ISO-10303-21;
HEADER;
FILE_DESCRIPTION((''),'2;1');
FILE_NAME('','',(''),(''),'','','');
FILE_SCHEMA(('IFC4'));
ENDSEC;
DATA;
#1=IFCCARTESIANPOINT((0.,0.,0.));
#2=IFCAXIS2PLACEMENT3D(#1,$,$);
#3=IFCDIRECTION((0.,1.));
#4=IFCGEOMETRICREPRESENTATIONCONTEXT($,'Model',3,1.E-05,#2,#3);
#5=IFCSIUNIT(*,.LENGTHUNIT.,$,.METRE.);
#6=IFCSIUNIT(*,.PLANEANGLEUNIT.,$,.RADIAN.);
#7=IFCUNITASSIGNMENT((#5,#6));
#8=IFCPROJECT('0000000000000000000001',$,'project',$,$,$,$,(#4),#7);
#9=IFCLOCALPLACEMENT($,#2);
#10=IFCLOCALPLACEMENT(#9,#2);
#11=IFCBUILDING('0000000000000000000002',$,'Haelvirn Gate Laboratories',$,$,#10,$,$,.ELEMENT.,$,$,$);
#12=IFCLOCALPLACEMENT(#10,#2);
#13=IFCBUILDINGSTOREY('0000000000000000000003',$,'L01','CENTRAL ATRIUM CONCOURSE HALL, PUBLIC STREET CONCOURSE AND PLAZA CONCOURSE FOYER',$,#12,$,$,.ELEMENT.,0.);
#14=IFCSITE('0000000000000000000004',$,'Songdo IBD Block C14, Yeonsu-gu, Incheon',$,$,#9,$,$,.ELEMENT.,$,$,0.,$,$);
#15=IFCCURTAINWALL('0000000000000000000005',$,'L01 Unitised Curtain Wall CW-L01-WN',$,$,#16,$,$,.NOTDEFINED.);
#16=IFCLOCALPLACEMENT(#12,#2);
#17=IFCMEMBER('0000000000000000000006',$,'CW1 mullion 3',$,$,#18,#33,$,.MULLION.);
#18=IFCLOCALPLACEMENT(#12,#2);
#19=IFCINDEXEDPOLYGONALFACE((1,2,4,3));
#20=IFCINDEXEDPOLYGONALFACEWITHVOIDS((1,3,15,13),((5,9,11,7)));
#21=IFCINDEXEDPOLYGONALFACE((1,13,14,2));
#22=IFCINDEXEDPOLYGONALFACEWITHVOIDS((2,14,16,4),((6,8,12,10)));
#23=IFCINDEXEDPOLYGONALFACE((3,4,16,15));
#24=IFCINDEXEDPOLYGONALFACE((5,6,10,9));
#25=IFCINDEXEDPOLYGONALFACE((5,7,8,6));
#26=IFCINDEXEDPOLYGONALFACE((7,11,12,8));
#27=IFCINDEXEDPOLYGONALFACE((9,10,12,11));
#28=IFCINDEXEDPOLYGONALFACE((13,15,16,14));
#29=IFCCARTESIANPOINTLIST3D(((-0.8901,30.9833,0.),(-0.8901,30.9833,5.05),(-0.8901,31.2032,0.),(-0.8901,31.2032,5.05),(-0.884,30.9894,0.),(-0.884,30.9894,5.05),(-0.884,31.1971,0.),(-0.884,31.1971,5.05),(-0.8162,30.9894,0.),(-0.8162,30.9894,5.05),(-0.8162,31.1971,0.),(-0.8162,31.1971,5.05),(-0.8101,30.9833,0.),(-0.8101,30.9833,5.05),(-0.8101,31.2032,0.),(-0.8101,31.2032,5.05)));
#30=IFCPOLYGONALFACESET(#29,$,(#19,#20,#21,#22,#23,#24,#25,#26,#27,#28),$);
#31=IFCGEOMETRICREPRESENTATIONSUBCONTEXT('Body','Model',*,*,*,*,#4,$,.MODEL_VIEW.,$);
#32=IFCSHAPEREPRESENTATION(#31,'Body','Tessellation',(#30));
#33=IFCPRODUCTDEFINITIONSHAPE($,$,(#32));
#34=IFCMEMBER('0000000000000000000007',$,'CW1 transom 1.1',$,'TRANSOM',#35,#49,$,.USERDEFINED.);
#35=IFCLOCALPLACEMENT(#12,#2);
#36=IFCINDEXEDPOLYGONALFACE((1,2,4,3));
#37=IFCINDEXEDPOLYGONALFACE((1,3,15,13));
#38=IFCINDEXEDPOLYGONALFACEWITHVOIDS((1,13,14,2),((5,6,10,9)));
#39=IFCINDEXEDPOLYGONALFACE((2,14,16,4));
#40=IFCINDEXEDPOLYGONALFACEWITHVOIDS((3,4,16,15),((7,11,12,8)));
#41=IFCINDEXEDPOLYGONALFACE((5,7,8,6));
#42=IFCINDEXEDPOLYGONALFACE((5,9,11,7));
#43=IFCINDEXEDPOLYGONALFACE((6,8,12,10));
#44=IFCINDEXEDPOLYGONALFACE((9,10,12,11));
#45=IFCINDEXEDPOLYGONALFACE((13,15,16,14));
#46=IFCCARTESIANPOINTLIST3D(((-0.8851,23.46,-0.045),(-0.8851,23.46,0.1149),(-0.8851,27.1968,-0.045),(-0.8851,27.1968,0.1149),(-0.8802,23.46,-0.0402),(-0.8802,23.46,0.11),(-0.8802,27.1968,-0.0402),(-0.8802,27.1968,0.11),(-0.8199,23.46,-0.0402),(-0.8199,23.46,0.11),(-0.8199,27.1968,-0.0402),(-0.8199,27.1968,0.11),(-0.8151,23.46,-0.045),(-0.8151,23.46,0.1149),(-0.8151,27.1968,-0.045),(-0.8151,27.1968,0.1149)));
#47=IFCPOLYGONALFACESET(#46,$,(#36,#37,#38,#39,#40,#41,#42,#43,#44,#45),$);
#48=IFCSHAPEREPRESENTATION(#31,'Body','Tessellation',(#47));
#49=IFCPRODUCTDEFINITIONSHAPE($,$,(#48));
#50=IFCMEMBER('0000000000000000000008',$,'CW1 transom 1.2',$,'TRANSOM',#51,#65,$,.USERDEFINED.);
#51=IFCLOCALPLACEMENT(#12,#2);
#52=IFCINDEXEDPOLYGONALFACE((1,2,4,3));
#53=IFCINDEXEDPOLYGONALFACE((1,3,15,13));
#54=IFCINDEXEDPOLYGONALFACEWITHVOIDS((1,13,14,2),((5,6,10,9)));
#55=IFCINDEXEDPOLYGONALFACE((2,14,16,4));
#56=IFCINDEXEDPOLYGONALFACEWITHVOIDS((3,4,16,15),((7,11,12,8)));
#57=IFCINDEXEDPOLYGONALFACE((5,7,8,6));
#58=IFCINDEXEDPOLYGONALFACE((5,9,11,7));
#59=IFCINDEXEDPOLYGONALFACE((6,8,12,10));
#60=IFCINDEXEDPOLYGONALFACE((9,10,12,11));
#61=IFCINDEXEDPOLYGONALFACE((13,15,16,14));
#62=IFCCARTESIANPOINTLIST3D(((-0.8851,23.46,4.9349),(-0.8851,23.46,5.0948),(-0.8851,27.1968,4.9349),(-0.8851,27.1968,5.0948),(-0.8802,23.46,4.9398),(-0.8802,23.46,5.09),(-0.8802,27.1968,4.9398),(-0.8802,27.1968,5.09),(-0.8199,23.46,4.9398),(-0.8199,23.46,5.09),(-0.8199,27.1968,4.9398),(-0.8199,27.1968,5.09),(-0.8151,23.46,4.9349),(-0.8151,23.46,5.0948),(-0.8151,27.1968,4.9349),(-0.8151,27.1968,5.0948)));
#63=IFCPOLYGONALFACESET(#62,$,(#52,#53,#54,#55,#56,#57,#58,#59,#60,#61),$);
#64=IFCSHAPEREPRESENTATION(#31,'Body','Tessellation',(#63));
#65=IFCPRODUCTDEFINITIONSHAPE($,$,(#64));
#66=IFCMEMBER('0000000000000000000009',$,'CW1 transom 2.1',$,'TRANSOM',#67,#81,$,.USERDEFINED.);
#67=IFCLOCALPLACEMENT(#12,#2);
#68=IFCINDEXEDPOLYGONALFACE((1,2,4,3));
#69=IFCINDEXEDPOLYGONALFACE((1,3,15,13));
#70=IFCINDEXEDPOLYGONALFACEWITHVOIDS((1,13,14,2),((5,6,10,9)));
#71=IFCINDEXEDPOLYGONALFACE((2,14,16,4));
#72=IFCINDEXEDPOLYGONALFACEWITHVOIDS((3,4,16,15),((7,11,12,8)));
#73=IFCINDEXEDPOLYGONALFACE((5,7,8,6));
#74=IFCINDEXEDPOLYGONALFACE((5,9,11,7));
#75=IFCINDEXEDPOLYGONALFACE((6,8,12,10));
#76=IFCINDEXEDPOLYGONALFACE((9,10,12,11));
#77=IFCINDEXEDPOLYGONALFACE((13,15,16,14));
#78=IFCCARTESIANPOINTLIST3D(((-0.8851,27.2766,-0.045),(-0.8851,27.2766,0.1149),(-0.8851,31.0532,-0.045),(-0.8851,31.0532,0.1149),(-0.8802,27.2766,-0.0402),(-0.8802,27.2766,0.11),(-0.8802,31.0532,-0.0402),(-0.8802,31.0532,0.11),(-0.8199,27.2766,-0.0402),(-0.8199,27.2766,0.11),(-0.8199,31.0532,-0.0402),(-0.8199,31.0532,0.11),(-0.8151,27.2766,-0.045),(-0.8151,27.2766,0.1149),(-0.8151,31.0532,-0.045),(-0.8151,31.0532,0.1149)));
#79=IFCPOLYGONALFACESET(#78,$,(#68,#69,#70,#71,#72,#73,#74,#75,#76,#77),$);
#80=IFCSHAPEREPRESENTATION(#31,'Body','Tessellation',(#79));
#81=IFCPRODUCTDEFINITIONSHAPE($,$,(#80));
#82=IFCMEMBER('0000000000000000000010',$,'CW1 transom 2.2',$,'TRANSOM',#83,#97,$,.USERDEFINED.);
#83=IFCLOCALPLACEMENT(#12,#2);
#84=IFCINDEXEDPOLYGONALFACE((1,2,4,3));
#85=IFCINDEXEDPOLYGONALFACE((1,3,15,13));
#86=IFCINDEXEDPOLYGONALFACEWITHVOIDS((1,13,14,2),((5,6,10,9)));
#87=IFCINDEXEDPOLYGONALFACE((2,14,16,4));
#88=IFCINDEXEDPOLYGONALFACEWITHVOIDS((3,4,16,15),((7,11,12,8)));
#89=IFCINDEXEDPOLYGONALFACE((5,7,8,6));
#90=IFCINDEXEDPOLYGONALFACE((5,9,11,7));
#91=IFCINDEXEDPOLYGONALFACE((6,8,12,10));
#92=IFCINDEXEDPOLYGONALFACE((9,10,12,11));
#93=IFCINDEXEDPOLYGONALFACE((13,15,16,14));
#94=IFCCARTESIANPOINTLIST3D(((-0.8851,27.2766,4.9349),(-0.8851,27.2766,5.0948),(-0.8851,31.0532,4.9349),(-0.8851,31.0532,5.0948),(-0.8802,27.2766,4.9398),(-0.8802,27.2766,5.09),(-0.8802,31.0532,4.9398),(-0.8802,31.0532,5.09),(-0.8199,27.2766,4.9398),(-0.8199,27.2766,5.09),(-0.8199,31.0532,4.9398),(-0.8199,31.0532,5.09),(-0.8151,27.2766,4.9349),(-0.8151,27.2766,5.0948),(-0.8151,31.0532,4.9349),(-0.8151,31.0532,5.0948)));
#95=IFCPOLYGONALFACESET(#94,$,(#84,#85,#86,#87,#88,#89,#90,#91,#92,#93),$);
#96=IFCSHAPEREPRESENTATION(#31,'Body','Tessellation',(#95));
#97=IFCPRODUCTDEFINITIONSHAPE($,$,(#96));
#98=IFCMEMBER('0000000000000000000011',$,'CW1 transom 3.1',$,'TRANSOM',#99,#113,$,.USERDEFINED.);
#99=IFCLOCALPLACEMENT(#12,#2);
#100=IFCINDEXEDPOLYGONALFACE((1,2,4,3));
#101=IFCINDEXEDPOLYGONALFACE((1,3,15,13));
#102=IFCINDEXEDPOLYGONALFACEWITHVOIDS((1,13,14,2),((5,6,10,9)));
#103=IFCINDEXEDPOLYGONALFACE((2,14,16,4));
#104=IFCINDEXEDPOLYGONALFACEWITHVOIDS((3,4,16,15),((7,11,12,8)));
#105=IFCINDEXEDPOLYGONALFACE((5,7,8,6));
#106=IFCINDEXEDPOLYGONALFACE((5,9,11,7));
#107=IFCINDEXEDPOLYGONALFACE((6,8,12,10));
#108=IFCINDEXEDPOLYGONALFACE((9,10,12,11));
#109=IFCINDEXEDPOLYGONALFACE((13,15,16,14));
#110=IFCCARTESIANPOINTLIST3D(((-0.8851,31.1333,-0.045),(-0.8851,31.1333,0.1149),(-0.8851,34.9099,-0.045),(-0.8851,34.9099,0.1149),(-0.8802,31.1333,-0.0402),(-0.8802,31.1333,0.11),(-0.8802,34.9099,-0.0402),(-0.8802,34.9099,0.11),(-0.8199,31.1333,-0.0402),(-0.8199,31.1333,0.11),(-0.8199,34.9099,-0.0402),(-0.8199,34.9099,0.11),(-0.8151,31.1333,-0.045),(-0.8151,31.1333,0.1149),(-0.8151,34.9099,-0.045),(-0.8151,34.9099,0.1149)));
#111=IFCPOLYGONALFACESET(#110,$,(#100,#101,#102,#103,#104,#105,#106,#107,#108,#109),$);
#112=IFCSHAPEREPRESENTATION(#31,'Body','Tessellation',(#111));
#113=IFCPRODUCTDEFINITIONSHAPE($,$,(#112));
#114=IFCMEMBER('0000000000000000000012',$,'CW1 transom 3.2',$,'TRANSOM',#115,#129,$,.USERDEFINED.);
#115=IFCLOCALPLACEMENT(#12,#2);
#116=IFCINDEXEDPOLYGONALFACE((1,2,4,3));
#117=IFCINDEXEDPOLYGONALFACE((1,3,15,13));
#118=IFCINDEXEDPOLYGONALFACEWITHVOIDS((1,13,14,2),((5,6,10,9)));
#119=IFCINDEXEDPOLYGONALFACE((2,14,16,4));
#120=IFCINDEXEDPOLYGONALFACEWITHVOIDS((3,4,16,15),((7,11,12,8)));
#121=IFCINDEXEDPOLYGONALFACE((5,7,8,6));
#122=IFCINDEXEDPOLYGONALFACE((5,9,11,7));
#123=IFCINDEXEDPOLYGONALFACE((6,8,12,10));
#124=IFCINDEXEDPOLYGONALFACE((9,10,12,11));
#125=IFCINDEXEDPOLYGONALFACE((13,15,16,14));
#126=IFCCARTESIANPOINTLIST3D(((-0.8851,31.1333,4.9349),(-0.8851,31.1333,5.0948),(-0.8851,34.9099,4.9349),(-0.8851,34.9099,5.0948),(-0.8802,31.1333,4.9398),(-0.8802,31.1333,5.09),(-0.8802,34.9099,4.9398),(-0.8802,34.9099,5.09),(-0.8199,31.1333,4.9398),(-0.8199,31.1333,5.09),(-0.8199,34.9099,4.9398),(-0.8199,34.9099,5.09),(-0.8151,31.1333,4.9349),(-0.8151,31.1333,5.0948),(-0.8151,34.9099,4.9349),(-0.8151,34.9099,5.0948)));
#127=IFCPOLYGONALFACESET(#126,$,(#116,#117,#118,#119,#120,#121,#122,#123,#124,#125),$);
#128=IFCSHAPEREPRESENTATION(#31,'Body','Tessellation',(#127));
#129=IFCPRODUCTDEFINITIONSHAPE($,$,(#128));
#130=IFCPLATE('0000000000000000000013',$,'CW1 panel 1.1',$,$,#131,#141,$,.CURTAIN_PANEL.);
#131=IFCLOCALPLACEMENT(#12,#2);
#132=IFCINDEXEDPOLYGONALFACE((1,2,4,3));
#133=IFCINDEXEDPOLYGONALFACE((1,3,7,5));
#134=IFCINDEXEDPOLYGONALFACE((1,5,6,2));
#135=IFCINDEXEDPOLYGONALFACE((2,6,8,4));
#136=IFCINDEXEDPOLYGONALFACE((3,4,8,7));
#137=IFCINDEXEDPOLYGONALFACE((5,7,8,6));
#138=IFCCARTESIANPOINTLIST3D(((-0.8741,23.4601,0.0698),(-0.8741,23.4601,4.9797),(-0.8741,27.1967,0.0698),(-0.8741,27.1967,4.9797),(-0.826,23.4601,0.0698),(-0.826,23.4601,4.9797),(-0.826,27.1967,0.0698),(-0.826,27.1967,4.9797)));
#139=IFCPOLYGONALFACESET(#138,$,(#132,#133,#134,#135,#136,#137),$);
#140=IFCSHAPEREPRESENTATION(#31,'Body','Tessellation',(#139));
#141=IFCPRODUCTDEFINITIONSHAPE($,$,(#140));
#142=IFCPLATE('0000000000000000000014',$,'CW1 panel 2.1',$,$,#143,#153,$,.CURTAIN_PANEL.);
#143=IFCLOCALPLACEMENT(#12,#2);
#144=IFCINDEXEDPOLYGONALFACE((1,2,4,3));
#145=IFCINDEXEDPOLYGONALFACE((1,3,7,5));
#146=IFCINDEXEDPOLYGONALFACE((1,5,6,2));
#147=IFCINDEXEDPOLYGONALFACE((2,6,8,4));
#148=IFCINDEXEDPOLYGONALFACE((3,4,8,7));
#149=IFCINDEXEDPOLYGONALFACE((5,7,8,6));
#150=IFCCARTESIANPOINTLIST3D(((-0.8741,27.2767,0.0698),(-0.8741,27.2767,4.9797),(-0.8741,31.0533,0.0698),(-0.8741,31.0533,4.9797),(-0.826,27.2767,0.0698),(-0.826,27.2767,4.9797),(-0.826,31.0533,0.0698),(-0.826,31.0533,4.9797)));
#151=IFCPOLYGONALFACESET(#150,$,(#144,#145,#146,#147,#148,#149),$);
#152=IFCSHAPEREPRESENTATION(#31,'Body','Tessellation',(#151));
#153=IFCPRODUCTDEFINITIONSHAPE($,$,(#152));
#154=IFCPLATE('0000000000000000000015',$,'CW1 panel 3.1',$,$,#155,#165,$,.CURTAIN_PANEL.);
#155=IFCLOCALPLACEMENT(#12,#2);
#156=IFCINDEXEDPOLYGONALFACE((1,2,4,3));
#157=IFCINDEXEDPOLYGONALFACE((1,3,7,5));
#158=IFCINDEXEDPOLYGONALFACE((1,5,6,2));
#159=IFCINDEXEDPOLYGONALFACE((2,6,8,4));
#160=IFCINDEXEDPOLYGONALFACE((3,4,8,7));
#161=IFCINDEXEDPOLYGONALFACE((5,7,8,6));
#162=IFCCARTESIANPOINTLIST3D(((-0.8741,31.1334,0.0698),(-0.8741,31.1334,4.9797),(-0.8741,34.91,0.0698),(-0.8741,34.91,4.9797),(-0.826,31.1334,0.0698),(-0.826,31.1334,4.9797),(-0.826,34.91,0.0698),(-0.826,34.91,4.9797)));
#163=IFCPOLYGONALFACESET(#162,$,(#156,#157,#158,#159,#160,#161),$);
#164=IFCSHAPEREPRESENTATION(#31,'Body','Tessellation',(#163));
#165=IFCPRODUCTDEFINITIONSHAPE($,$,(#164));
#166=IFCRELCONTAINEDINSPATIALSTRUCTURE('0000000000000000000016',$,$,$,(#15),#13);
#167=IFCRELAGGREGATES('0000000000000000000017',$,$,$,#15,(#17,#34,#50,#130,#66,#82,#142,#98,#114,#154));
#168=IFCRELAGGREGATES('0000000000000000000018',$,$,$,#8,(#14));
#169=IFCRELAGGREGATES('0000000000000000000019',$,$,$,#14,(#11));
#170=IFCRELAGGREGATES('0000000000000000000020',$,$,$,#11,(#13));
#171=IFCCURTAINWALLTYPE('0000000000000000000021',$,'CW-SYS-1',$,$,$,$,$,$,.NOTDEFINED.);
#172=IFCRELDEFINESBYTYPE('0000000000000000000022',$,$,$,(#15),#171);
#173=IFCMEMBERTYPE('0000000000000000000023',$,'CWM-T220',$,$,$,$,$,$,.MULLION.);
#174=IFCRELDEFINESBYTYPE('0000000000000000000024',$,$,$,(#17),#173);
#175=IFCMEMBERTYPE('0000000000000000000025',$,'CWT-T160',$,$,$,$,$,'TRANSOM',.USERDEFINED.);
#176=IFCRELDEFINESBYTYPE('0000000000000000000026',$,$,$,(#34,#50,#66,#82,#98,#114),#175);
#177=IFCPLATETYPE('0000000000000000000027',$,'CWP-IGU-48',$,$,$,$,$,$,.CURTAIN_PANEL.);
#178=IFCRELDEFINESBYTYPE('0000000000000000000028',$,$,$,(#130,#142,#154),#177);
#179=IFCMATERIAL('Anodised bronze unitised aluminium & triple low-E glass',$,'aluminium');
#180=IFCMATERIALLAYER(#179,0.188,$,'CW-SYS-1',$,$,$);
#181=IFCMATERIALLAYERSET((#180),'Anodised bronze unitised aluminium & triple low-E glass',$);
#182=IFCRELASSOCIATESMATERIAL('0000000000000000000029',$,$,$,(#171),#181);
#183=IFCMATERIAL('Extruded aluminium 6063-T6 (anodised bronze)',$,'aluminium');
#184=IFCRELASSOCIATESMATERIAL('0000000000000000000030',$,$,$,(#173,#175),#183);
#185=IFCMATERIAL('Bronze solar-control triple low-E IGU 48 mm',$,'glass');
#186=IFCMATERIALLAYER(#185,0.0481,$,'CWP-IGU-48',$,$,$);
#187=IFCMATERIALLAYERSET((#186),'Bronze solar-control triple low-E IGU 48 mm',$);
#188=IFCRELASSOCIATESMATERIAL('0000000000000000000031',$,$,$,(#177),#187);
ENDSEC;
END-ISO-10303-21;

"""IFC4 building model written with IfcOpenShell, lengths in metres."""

from ifc_helpers import new_model, si_unit, direction, frame, origin, origin_2d, place, context, subcontext, project, spatial, rectangle, hollow_rectangle, extrude, source, transform, mapped, material, layer, layer_set, material_profile, profile_set, type_object, type_shapes, element, aggregate, save


model = new_model("IFC4")

# Units and contexts
model_context = context("Model", 3, precision=1e-05, world=origin(), true_north=direction((0.0, 1.0)))
body_context = subcontext(model_context, "Body", "Model", "MODEL_VIEW")
ifc_project = project(units=[si_unit("LENGTHUNIT", "METRE"), si_unit("PLANEANGLEUNIT", "RADIAN")], contexts=[model_context])

# Site, building, storey
site_placement = place(None, origin())
site = spatial("IfcSite", under=ifc_project, at=site_placement, Name="Songdo IBD Block C14, Yeonsu-gu, Incheon", CompositionType="ELEMENT", RefElevation=0.0)
building_placement = place(site_placement, origin())
building = spatial("IfcBuilding", under=site, at=building_placement, Name="Haelvirn Gate Laboratories", CompositionType="ELEMENT")
storey_placement = place(building_placement, origin())
storey = spatial("IfcBuildingStorey", under=building, at=storey_placement, Name="L01", Description="CENTRAL ATRIUM CONCOURSE HALL, PUBLIC STREET CONCOURSE AND PLAZA CONCOURSE FOYER", CompositionType="ELEMENT", Elevation=0.0)

# Curtain wall, members, plates
ifc_material_1 = material(Name="Anodised bronze unitised aluminium & triple low-E glass", Category="aluminium")
ifc_layer_1 = layer(ifc_material_1, 0.188, Name="CW-SYS-1")
ifc_layer_set_1 = layer_set([ifc_layer_1], Name="Anodised bronze unitised aluminium & triple low-E glass")
curtain_wall_type = type_object("IfcCurtainWallType", Name="CW-SYS-1", PredefinedType="NOTDEFINED", material=ifc_layer_set_1)
curtain_wall_placement = place(storey_placement, origin())
curtain_wall = element("IfcCurtainWall", 1, at=curtain_wall_placement, inside=storey, type_object=curtain_wall_type, Name="L01 Unitised Curtain Wall CW-L01-WN", PredefinedType="NOTDEFINED")
ifc_material_2 = material(Name="Extruded aluminium 6063-T6 (anodised bronze)", Category="aluminium")
ifc_material_profile_1 = material_profile(ifc_material_2, hollow_rectangle(XDim=0.0801, YDim=0.22, WallThickness=0.0061, at=origin_2d()), Name="CWM-220x80x6")
ifc_profile_set_1 = profile_set([ifc_material_profile_1], Name="Extruded aluminium 6063-T6 (anodised bronze)")
member_type_1 = type_object("IfcMemberType", Name="CWM-T220", PredefinedType="MULLION", material=ifc_profile_set_1)
shared_shape_1 = source(origin(), body_context, "Body", "SweptSolid", [
    extrude(hollow_rectangle(XDim=0.0801, YDim=0.22, WallThickness=0.0061, at=origin_2d()), origin(), (0.0, 0.0, 1.0), 5.05),
])
type_shapes(member_type_1, [shared_shape_1])
member_1_placement = place(storey_placement, frame((-0.8501, 31.0933, 0.0), z_axis=(0.0, 0.0, 1.0), x_axis=(-1.0, 0.0, 0.0)))
member_1 = element("IfcMember", 2, at=member_1_placement, type_object=member_type_1, Name="CW1 mullion 3", PredefinedType="MULLION", context=body_context, shape_type="MappedRepresentation", body=[
    mapped(shared_shape_1, transform((0.0, 0.0, 0.0), scale=1.0)),
])
ifc_material_profile_2 = material_profile(ifc_material_2, hollow_rectangle(XDim=0.0701, YDim=0.1599, WallThickness=0.0049, at=origin_2d()), Name="CWT-160x70x5")
ifc_profile_set_2 = profile_set([ifc_material_profile_2], Name="Extruded aluminium 6063-T6 (anodised bronze)")
member_type_2 = type_object("IfcMemberType", Name="CWT-T160", ElementType="TRANSOM", PredefinedType="USERDEFINED", material=ifc_profile_set_2)
shared_shape_2 = source(origin(), body_context, "Body", "SweptSolid", [
    extrude(hollow_rectangle(XDim=0.0701, YDim=0.1599, WallThickness=0.0049, at=origin_2d()), origin(), (0.0, 0.0, 1.0), 3.7368),
])
member_2_placement = place(storey_placement, frame((-0.8501, 23.46, 0.0349), z_axis=(0.0, 1.0, 0.0), x_axis=(-1.0, 0.0, 0.0)))
member_2 = element("IfcMember", 3, at=member_2_placement, type_object=member_type_2, Name="CW1 transom 1.1", ObjectType="TRANSOM", PredefinedType="USERDEFINED", context=body_context, shape_type="MappedRepresentation", body=[
    mapped(shared_shape_2, transform((0.0, 0.0, 0.0), scale=1.0)),
])
member_3_placement = place(storey_placement, frame((-0.8501, 23.46, 5.0149), z_axis=(0.0, 1.0, 0.0), x_axis=(-1.0, 0.0, 0.0)))
member_3 = element("IfcMember", 4, at=member_3_placement, type_object=member_type_2, Name="CW1 transom 1.2", ObjectType="TRANSOM", PredefinedType="USERDEFINED", context=body_context, shape_type="MappedRepresentation", body=[
    mapped(shared_shape_2, transform((0.0, 0.0, 0.0), scale=1.0)),
])
shared_shape_3 = source(origin(), body_context, "Body", "SweptSolid", [
    extrude(hollow_rectangle(XDim=0.0701, YDim=0.1599, WallThickness=0.0049, at=origin_2d()), origin(), (0.0, 0.0, 1.0), 3.7766),
])
type_shapes(member_type_2, [shared_shape_2, shared_shape_3])
member_4_placement = place(storey_placement, frame((-0.8501, 27.2766, 0.0349), z_axis=(0.0, 1.0, 0.0), x_axis=(-1.0, 0.0, 0.0)))
member_4 = element("IfcMember", 5, at=member_4_placement, type_object=member_type_2, Name="CW1 transom 2.1", ObjectType="TRANSOM", PredefinedType="USERDEFINED", context=body_context, shape_type="MappedRepresentation", body=[
    mapped(shared_shape_3, transform((0.0, 0.0, 0.0), scale=1.0)),
])
member_5_placement = place(storey_placement, frame((-0.8501, 27.2766, 5.0149), z_axis=(0.0, 1.0, 0.0), x_axis=(-1.0, 0.0, 0.0)))
member_5 = element("IfcMember", 6, at=member_5_placement, type_object=member_type_2, Name="CW1 transom 2.2", ObjectType="TRANSOM", PredefinedType="USERDEFINED", context=body_context, shape_type="MappedRepresentation", body=[
    mapped(shared_shape_3, transform((0.0, 0.0, 0.0), scale=1.0)),
])
member_6_placement = place(storey_placement, frame((-0.8501, 31.1333, 0.0349), z_axis=(0.0, 1.0, 0.0), x_axis=(-1.0, 0.0, 0.0)))
member_6 = element("IfcMember", 7, at=member_6_placement, type_object=member_type_2, Name="CW1 transom 3.1", ObjectType="TRANSOM", PredefinedType="USERDEFINED", context=body_context, shape_type="MappedRepresentation", body=[
    mapped(shared_shape_3, transform((0.0, 0.0, 0.0), scale=1.0)),
])
member_7_placement = place(storey_placement, frame((-0.8501, 31.1333, 5.0149), z_axis=(0.0, 1.0, 0.0), x_axis=(-1.0, 0.0, 0.0)))
member_7 = element("IfcMember", 8, at=member_7_placement, type_object=member_type_2, Name="CW1 transom 3.2", ObjectType="TRANSOM", PredefinedType="USERDEFINED", context=body_context, shape_type="MappedRepresentation", body=[
    mapped(shared_shape_3, transform((0.0, 0.0, 0.0), scale=1.0)),
])
ifc_material_3 = material(Name="Bronze solar-control triple low-E IGU 48 mm", Category="glass")
ifc_layer_2 = layer(ifc_material_3, 0.0481, Name="CWP-IGU-48")
ifc_layer_set_2 = layer_set([ifc_layer_2], Name="Bronze solar-control triple low-E IGU 48 mm")
plate_type = type_object("IfcPlateType", Name="CWP-IGU-48", PredefinedType="CURTAIN_PANEL", material=ifc_layer_set_2)
shared_shape_4 = source(origin(), body_context, "Body", "SweptSolid", [
    extrude(rectangle(XDim=3.7366, YDim=0.0481, at=origin_2d()), origin(), (0.0, 0.0, 1.0), 4.9099),
])
plate_1_placement = place(storey_placement, frame((-0.8501, 25.3284, 0.0698), z_axis=(0.0, 0.0, 1.0), x_axis=(0.0, 1.0, 0.0)))
plate_1 = element("IfcPlate", 9, at=plate_1_placement, type_object=plate_type, Name="CW1 panel 1.1", PredefinedType="CURTAIN_PANEL", context=body_context, shape_type="MappedRepresentation", body=[
    mapped(shared_shape_4, transform((0.0, 0.0, 0.0), scale=1.0)),
])
shared_shape_5 = source(origin(), body_context, "Body", "SweptSolid", [
    extrude(rectangle(XDim=3.7766, YDim=0.0481, at=origin_2d()), origin(), (0.0, 0.0, 1.0), 4.9099),
])
type_shapes(plate_type, [shared_shape_4, shared_shape_5])
plate_2_placement = place(storey_placement, frame((-0.8501, 29.165, 0.0698), z_axis=(0.0, 0.0, 1.0), x_axis=(0.0, 1.0, 0.0)))
plate_2 = element("IfcPlate", 10, at=plate_2_placement, type_object=plate_type, Name="CW1 panel 2.1", PredefinedType="CURTAIN_PANEL", context=body_context, shape_type="MappedRepresentation", body=[
    mapped(shared_shape_5, transform((0.0, 0.0, 0.0), scale=1.0)),
])
plate_3_placement = place(storey_placement, frame((-0.8501, 33.0217, 0.0698), z_axis=(0.0, 0.0, 1.0), x_axis=(0.0, 1.0, 0.0)))
plate_3 = element("IfcPlate", 11, at=plate_3_placement, type_object=plate_type, Name="CW1 panel 3.1", PredefinedType="CURTAIN_PANEL", context=body_context, shape_type="MappedRepresentation", body=[
    mapped(shared_shape_5, transform((0.0, 0.0, 0.0), scale=1.0)),
])
aggregate(curtain_wall, [member_1, member_2, member_3, plate_1, member_4, member_5, plate_2, member_6, member_7, plate_3])

save(model, "model.ifc")
